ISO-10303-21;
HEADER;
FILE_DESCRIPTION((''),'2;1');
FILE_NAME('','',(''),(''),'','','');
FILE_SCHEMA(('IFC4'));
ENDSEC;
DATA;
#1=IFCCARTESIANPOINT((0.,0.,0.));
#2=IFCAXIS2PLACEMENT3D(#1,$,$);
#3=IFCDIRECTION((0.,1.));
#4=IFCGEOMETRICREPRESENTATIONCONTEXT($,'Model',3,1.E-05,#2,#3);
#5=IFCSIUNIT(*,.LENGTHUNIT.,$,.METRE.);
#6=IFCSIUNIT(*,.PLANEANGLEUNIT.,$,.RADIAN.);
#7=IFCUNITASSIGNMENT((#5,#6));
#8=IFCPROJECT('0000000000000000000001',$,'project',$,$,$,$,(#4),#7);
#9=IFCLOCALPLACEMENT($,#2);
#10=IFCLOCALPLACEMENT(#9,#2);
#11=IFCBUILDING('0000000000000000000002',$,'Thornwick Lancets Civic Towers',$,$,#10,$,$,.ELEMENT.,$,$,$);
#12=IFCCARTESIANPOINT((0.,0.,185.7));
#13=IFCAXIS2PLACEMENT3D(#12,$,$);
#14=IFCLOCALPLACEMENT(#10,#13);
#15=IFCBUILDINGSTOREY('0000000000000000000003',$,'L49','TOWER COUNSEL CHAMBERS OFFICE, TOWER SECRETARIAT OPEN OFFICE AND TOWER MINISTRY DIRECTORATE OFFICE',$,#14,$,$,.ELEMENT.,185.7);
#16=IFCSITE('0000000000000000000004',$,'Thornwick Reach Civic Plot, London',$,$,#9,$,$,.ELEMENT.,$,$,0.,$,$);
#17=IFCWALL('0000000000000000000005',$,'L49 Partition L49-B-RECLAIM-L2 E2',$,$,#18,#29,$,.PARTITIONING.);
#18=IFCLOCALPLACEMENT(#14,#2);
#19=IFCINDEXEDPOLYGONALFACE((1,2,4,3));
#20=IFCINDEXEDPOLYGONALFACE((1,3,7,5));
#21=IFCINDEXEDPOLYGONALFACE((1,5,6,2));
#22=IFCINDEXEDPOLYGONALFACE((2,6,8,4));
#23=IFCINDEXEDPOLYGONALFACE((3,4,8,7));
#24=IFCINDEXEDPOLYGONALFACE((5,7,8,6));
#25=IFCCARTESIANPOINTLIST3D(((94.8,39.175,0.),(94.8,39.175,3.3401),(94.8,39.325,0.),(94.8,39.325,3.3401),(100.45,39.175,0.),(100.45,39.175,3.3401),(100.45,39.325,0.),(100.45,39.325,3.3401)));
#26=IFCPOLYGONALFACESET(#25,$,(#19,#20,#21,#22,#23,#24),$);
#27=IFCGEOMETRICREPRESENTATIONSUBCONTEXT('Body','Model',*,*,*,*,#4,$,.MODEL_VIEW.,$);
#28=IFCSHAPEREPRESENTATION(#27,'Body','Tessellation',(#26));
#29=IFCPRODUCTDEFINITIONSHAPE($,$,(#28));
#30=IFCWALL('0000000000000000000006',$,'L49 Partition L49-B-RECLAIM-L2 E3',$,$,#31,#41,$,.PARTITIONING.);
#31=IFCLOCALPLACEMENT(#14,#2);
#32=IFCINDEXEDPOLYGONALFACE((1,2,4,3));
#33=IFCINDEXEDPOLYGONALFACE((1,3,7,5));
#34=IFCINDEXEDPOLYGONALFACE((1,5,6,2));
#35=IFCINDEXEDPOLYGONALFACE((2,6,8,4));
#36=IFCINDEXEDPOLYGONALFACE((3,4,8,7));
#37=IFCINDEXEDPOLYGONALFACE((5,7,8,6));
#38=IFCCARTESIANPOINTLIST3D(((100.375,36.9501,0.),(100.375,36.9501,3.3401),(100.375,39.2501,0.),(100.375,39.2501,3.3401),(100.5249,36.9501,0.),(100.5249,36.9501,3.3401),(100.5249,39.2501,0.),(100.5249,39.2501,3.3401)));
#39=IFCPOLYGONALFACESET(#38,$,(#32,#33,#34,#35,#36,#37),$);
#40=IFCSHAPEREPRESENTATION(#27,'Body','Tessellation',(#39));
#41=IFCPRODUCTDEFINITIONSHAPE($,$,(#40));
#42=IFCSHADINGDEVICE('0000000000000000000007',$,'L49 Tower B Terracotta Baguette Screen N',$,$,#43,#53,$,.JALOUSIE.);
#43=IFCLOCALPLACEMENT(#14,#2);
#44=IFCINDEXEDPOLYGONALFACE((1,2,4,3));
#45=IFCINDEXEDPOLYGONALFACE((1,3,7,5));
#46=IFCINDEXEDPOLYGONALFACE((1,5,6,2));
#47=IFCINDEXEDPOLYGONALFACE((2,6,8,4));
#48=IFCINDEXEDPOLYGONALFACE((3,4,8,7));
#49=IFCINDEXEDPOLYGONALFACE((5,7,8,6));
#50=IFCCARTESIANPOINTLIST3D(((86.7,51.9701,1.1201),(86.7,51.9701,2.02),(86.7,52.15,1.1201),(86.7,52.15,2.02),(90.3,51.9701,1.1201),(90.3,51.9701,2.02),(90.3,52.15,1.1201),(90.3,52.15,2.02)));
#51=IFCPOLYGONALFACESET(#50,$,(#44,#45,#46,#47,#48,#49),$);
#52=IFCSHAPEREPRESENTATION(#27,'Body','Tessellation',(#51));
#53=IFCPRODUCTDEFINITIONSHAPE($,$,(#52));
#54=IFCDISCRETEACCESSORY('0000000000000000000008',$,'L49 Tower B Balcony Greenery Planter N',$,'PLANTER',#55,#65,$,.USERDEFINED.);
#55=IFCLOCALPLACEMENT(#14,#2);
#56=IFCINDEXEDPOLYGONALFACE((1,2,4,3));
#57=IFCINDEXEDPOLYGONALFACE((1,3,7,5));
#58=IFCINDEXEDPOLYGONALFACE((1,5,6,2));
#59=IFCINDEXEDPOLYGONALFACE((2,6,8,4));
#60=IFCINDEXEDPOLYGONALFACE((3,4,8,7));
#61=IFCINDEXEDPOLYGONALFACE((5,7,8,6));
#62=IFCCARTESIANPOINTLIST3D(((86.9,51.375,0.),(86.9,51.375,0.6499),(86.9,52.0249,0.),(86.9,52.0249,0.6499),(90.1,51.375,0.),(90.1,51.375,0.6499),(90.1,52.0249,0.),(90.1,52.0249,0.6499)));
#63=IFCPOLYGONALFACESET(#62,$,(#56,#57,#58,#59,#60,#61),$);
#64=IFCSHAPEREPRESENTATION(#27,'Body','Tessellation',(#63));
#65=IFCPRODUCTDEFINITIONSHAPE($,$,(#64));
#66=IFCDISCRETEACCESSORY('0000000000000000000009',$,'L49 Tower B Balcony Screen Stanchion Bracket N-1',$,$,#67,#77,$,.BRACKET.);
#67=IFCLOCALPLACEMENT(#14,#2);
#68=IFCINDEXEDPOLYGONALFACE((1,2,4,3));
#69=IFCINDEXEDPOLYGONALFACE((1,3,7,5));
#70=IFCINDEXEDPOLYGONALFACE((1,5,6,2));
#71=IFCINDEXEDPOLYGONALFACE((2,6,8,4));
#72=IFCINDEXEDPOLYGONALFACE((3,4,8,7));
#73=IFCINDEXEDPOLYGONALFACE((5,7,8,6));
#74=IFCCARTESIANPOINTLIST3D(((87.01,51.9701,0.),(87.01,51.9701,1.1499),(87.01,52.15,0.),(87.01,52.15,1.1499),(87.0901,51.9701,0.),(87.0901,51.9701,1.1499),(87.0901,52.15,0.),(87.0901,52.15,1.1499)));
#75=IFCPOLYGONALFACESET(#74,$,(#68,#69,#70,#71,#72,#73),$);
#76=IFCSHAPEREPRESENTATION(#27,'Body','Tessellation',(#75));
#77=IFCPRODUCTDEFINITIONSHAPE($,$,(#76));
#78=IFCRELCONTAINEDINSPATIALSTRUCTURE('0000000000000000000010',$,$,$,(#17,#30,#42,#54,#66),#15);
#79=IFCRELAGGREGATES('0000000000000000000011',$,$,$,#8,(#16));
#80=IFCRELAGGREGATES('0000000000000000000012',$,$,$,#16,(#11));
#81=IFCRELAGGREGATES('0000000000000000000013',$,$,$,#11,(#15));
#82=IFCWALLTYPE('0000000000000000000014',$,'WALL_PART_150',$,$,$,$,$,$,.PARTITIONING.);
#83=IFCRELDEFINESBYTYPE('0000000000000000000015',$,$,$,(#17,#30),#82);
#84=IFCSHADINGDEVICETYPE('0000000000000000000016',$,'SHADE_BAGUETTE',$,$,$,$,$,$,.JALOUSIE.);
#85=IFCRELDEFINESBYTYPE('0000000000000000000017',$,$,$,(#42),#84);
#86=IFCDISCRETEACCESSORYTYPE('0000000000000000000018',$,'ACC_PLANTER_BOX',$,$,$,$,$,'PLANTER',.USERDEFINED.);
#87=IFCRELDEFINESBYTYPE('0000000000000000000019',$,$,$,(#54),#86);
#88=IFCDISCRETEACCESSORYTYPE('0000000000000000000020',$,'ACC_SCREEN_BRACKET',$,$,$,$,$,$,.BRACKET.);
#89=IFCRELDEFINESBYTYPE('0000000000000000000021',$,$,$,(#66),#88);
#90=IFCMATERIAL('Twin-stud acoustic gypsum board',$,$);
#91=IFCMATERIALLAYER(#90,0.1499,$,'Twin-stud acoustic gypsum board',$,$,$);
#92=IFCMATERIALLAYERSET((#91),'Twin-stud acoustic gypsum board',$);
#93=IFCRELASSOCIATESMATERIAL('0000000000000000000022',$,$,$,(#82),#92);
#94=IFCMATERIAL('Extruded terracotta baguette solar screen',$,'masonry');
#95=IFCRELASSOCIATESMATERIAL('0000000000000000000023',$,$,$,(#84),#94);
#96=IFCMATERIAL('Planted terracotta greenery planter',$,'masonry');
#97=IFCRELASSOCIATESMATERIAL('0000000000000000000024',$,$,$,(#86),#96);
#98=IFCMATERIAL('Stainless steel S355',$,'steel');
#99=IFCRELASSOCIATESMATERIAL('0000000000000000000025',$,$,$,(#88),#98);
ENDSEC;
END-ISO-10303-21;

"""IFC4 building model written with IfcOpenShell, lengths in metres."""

from ifc_helpers import new_model, si_unit, direction, frame, frame_2d, origin, origin_2d, place, context, subcontext, project, spatial, rectangle, extrude, material, layer, layer_set, type_object, element, save


model = new_model("IFC4")

# Units and contexts
model_context = context("Model", 3, precision=1e-05, world=origin(), true_north=direction((0.0, 1.0)))
body_context = subcontext(model_context, "Body", "Model", "MODEL_VIEW")
ifc_project = project(units=[si_unit("LENGTHUNIT", "METRE"), si_unit("PLANEANGLEUNIT", "RADIAN")], contexts=[model_context])

# Site, building, storey
site_placement = place(None, origin())
site = spatial("IfcSite", under=ifc_project, at=site_placement, Name="Thornwick Reach Civic Plot, London", CompositionType="ELEMENT", RefElevation=0.0)
building_placement = place(site_placement, origin())
building = spatial("IfcBuilding", under=site, at=building_placement, Name="Thornwick Lancets Civic Towers", CompositionType="ELEMENT")
storey_placement = place(building_placement, frame((0.0, 0.0, 185.7)))
storey = spatial("IfcBuildingStorey", under=building, at=storey_placement, Name="L49", Description="TOWER COUNSEL CHAMBERS OFFICE, TOWER SECRETARIAT OPEN OFFICE AND TOWER MINISTRY DIRECTORATE OFFICE", CompositionType="ELEMENT", Elevation=185.7)

# Walls
ifc_material_1 = material(Name="Twin-stud acoustic gypsum board")
ifc_layer_1 = layer(ifc_material_1, 0.1499, Name="Twin-stud acoustic gypsum board")
ifc_layer_set_1 = layer_set([ifc_layer_1], Name="Twin-stud acoustic gypsum board")
wall_type_1 = type_object("IfcWallType", Name="WALL_PART_150", PredefinedType="PARTITIONING", material=ifc_layer_set_1)
wall_1_placement = place(storey_placement, frame((94.8, 39.25, 0.0), z_axis=(0.0, 0.0, 1.0), x_axis=(1.0, 0.0, 0.0)))
element("IfcWall", 1, at=wall_1_placement, inside=storey, type_object=wall_type_1, Name="L49 Partition L49-B-RECLAIM-L2 E2", PredefinedType="PARTITIONING", context=body_context, shape_type="SweptSolid", body=[
    extrude(rectangle(XDim=5.6499, YDim=0.1499, at=frame_2d((2.825, 0.0))), origin(), (0.0, 0.0, 1.0), 3.3401),
])
wall_2_placement = place(storey_placement, frame((100.45, 39.25, 0.0), z_axis=(0.0, 0.0, 1.0), x_axis=(0.0, -1.0, 0.0)))
element("IfcWall", 2, at=wall_2_placement, inside=storey, type_object=wall_type_1, Name="L49 Partition L49-B-RECLAIM-L2 E3", PredefinedType="PARTITIONING", context=body_context, shape_type="SweptSolid", body=[
    extrude(rectangle(XDim=2.3, YDim=0.1499, at=frame_2d((1.1499, 0.0))), origin(), (0.0, 0.0, 1.0), 3.3401),
])

# Shading device
ifc_material_2 = material(Name="Extruded terracotta baguette solar screen", Category="masonry")
shading_device_type = type_object("IfcShadingDeviceType", Name="SHADE_BAGUETTE", PredefinedType="JALOUSIE", material=ifc_material_2)
shading_device_placement = place(storey_placement, frame((88.5, 52.0601, 1.1201), z_axis=(0.0, 0.0, 1.0), x_axis=(1.0, 0.0, 0.0)))
element("IfcShadingDevice", 3, at=shading_device_placement, inside=storey, type_object=shading_device_type, Name="L49 Tower B Terracotta Baguette Screen N", PredefinedType="JALOUSIE", context=body_context, shape_type="SweptSolid", body=[
    extrude(rectangle(XDim=3.6001, YDim=0.1799, at=origin_2d()), origin(), (0.0, 0.0, 1.0), 0.8999),
])

# Discrete accessories
ifc_material_3 = material(Name="Planted terracotta greenery planter", Category="masonry")
discrete_accessory_type_1 = type_object("IfcDiscreteAccessoryType", Name="ACC_PLANTER_BOX", ElementType="PLANTER", PredefinedType="USERDEFINED", material=ifc_material_3)
discrete_accessory_1_placement = place(storey_placement, frame((88.5, 51.7, 0.0), z_axis=(0.0, 0.0, 1.0), x_axis=(1.0, 0.0, 0.0)))
element("IfcDiscreteAccessory", 4, at=discrete_accessory_1_placement, inside=storey, type_object=discrete_accessory_type_1, Name="L49 Tower B Balcony Greenery Planter N", ObjectType="PLANTER", PredefinedType="USERDEFINED", context=body_context, shape_type="SweptSolid", body=[
    extrude(rectangle(XDim=3.2, YDim=0.6499, at=origin_2d()), origin(), (0.0, 0.0, 1.0), 0.6499),
])
ifc_material_4 = material(Name="Stainless steel S355", Category="steel")
discrete_accessory_type_2 = type_object("IfcDiscreteAccessoryType", Name="ACC_SCREEN_BRACKET", PredefinedType="BRACKET", material=ifc_material_4)
discrete_accessory_2_placement = place(storey_placement, frame((87.05, 52.0601, 0.0), z_axis=(0.0, 0.0, 1.0), x_axis=(1.0, 0.0, 0.0)))
element("IfcDiscreteAccessory", 5, at=discrete_accessory_2_placement, inside=storey, type_object=discrete_accessory_type_2, Name="L49 Tower B Balcony Screen Stanchion Bracket N-1", PredefinedType="BRACKET", context=body_context, shape_type="SweptSolid", body=[
    extrude(rectangle(XDim=0.0801, YDim=0.1799, at=origin_2d()), origin(), (0.0, 0.0, 1.0), 1.1499),
])

save(model, "model.ifc")
